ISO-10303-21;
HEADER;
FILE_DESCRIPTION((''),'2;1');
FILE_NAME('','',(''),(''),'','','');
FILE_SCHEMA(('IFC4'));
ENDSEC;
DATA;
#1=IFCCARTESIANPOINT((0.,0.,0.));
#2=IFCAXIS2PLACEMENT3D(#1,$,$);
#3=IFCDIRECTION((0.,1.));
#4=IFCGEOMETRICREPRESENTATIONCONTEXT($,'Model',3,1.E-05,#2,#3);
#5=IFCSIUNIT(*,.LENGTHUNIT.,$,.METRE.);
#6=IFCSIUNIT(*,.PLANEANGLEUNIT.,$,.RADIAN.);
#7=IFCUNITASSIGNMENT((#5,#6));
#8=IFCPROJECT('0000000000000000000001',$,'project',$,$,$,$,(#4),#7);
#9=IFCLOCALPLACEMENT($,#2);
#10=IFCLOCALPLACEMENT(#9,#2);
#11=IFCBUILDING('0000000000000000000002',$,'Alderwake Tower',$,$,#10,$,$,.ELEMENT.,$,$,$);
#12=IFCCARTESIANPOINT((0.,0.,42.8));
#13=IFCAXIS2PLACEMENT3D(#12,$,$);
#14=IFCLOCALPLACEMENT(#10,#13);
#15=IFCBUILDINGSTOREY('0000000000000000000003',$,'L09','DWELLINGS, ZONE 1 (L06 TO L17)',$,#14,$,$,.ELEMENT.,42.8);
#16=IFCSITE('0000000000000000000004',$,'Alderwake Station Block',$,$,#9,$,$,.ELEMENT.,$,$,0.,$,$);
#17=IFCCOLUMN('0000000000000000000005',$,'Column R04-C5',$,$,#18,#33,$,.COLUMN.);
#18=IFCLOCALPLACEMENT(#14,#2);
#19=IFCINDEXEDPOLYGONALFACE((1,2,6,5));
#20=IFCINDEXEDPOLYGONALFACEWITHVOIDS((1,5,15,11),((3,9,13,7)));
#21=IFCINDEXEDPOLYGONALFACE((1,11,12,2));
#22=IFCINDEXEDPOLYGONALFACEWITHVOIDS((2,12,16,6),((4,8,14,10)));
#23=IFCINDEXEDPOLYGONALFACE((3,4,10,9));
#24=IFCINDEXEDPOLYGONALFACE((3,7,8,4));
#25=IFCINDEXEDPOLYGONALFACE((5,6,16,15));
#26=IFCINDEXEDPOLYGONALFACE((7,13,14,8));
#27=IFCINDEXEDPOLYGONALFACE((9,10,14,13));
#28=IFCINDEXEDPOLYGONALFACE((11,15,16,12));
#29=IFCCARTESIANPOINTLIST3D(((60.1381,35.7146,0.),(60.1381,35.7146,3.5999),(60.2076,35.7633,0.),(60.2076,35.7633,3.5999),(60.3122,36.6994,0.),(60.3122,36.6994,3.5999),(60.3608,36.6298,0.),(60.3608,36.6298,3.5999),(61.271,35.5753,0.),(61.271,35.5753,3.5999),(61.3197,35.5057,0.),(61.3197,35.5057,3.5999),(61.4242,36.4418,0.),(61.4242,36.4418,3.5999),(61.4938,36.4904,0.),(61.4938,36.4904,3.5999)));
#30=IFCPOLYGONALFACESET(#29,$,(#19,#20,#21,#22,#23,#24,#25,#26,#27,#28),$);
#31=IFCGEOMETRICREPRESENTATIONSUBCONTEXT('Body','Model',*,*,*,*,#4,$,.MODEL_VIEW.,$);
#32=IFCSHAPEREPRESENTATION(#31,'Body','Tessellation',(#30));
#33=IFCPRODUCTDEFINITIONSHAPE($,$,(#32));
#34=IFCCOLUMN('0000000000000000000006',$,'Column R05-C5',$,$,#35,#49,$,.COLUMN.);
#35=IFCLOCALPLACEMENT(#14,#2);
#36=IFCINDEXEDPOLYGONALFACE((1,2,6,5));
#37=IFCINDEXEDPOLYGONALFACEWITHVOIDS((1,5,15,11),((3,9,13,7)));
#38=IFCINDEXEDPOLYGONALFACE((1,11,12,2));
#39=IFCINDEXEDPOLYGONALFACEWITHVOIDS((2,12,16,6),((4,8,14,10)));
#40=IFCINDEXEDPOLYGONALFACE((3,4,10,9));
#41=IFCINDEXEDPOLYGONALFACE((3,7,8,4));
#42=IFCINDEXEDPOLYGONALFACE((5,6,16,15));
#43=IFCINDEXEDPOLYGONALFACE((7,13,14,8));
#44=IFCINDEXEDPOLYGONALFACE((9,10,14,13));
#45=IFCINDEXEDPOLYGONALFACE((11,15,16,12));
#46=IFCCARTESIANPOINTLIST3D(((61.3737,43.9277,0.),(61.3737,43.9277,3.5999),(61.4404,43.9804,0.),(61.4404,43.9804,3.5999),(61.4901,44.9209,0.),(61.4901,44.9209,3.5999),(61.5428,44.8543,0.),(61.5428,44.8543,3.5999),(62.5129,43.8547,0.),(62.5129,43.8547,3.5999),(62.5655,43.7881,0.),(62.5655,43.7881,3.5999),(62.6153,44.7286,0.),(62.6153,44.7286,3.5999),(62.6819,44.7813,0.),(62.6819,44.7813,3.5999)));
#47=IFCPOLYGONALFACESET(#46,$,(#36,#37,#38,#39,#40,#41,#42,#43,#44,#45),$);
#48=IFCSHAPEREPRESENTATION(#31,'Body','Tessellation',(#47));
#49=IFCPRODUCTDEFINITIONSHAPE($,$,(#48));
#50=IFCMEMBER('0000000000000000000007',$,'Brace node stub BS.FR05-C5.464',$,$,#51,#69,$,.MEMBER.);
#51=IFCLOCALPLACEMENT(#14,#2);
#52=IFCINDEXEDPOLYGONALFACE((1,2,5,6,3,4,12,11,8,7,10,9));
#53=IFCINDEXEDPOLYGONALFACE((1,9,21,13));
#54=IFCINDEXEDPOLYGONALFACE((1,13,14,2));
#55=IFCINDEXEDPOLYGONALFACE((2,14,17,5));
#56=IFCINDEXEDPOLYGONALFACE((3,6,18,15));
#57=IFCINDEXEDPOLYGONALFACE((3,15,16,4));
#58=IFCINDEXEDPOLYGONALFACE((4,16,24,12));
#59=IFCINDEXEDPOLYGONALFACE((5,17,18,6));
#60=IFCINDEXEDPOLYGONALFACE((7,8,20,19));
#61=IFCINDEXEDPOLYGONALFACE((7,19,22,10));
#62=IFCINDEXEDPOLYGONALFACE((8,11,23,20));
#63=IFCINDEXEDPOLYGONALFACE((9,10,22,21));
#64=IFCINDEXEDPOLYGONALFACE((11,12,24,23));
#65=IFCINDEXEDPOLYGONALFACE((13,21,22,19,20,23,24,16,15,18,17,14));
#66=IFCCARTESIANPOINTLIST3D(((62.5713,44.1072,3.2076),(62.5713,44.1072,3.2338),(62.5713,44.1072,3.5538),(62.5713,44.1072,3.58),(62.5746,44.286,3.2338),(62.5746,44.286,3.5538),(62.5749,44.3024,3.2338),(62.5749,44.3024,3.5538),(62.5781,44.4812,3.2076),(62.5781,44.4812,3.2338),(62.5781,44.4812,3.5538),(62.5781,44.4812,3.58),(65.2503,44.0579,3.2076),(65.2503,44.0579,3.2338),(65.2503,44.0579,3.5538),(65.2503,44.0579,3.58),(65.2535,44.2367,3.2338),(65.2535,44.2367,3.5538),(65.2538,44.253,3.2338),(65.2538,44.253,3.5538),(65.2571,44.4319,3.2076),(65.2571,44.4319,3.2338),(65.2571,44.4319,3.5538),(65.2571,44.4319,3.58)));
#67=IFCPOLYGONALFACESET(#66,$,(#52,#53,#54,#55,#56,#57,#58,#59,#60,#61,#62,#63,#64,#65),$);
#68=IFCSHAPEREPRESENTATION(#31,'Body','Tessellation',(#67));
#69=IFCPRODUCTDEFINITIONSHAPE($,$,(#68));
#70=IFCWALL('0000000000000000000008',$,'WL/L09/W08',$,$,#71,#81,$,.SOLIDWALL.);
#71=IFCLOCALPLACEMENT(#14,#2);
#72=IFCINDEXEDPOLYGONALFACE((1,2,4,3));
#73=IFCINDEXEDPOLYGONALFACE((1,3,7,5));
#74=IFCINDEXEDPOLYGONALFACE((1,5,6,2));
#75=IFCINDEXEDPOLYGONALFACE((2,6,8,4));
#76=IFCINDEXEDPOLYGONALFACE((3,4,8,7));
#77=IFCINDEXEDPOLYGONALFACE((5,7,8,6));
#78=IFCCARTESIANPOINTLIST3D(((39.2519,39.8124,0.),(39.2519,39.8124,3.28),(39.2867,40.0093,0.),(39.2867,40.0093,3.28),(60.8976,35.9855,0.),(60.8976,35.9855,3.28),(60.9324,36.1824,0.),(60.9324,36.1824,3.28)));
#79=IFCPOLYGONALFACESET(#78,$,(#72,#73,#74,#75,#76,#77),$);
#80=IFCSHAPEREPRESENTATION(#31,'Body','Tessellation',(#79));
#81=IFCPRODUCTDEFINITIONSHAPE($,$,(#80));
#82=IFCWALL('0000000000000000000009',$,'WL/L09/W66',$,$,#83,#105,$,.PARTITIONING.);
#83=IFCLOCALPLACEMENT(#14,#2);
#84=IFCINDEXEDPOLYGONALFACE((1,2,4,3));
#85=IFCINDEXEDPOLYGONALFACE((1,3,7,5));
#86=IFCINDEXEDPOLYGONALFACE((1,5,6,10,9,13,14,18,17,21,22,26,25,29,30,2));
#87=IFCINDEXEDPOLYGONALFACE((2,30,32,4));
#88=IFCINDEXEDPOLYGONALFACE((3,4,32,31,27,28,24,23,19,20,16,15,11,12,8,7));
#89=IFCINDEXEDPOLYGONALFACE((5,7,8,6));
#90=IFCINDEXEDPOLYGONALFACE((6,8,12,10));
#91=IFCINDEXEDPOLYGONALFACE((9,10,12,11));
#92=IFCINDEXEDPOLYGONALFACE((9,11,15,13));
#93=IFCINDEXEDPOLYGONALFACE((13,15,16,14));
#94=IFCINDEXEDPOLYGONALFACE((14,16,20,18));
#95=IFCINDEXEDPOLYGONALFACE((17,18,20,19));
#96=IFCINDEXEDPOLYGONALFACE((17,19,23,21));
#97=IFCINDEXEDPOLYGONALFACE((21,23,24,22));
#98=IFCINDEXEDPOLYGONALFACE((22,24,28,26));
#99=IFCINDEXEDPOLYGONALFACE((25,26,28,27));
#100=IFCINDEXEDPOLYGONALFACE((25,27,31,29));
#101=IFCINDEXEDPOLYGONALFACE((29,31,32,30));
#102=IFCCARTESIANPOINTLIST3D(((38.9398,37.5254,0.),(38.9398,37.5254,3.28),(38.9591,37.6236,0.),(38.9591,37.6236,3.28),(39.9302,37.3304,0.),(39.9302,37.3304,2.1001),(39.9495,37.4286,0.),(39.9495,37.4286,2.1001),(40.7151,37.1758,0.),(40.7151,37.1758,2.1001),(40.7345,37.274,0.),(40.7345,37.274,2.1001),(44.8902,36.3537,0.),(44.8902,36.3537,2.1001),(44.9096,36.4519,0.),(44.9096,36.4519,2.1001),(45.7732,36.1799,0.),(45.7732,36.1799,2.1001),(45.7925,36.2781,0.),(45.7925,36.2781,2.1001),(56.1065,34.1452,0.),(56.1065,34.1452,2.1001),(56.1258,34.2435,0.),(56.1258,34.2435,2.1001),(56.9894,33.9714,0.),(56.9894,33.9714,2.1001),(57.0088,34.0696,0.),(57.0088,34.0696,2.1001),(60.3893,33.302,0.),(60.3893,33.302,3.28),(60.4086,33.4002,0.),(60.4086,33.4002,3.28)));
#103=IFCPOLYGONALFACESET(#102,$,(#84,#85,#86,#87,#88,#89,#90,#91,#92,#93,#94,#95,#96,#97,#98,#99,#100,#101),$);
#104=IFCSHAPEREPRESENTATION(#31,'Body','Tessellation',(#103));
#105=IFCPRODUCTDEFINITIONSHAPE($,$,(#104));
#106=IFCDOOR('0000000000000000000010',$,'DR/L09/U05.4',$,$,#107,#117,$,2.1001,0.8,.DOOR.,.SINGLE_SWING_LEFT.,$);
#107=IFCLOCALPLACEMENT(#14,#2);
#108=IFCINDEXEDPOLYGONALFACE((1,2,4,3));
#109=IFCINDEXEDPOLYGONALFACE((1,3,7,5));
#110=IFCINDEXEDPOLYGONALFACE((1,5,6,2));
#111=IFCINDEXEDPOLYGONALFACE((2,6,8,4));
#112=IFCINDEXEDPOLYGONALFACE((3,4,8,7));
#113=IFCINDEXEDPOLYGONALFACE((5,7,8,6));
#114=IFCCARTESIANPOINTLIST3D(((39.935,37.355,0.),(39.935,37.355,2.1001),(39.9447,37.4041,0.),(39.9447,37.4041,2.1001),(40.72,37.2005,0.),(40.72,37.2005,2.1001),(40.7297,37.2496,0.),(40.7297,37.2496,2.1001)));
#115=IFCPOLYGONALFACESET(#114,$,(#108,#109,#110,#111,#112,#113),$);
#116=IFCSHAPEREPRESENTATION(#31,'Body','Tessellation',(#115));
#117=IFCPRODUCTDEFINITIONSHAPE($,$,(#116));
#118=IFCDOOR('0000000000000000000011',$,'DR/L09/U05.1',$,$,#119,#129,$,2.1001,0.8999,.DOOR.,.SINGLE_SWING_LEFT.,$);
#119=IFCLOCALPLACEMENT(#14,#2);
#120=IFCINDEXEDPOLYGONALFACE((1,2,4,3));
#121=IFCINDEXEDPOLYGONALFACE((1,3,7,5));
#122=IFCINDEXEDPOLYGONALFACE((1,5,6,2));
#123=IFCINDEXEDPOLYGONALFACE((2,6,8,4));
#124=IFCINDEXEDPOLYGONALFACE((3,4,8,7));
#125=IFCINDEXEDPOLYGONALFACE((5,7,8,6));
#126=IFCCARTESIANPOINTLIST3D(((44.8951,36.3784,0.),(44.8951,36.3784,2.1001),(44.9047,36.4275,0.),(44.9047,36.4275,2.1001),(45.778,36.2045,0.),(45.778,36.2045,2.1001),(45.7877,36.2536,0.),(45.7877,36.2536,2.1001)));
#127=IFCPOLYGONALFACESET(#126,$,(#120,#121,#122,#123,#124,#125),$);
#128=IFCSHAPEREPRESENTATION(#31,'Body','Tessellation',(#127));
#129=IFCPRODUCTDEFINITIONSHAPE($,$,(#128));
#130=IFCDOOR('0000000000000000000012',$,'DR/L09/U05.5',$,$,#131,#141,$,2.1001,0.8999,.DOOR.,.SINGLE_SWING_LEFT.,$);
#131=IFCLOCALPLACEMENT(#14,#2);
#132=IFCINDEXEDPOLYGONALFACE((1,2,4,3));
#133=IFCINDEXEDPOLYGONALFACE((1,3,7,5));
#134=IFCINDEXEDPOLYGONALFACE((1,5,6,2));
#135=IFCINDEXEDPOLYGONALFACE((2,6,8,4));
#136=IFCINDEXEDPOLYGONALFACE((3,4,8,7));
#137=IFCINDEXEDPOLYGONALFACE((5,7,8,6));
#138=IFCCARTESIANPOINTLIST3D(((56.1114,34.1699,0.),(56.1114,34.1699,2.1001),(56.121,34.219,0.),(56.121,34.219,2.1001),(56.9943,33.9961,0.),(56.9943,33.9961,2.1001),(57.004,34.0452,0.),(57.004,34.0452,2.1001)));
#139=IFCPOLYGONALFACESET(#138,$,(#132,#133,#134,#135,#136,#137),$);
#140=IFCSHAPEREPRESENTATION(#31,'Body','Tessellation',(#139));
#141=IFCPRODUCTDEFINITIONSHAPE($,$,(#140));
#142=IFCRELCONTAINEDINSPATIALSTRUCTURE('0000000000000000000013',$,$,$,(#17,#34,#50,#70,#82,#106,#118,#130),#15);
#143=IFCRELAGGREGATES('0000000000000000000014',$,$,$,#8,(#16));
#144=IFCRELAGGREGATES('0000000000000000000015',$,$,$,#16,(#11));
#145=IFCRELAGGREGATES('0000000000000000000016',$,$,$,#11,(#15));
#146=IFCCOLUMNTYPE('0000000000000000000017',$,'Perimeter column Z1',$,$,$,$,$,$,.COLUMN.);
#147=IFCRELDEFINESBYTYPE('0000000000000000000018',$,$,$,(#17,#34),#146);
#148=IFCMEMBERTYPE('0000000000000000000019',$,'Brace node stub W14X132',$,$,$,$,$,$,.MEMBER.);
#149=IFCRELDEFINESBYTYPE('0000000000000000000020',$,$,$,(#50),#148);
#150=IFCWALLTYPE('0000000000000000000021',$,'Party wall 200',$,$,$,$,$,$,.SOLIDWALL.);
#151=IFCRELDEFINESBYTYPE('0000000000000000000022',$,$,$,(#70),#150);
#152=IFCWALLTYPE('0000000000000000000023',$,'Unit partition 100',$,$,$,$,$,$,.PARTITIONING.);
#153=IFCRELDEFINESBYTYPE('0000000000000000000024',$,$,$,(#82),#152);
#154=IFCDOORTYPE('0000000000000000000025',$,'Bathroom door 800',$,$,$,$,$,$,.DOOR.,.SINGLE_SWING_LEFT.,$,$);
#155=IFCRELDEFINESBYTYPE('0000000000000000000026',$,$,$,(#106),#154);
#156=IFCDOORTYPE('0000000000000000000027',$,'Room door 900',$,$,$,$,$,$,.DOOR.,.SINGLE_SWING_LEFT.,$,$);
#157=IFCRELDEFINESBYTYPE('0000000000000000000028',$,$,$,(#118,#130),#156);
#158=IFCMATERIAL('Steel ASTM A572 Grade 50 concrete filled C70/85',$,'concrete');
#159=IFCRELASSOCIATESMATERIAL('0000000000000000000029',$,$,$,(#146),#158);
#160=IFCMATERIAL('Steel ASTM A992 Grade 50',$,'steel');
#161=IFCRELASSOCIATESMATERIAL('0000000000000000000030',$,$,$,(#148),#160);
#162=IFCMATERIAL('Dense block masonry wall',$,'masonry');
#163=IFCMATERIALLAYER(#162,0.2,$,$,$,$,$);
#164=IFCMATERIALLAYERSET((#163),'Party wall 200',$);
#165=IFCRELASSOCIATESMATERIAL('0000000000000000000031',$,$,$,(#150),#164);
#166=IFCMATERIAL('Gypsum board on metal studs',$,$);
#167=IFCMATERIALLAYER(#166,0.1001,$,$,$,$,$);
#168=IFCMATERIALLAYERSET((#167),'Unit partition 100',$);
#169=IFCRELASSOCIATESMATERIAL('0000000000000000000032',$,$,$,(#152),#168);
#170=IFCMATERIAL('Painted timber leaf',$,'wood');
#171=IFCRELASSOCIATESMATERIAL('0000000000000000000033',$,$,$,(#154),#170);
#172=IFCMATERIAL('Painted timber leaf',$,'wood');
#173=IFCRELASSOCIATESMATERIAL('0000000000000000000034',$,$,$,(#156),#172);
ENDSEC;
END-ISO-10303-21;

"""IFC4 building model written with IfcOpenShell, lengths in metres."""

from ifc_helpers import new_model, si_unit, direction, frame, frame_2d, origin, origin_2d, place, context, subcontext, project, spatial, rectangle, hollow_rectangle, i_section, extrude, material, layer, layer_set, material_profile, profile_set, type_object, element, fill, save


model = new_model("IFC4")

# Units and contexts
model_context = context("Model", 3, precision=1e-05, world=origin(), true_north=direction((0.0, 1.0)))
body_context = subcontext(model_context, "Body", "Model", "MODEL_VIEW")
ifc_project = project(units=[si_unit("LENGTHUNIT", "METRE"), si_unit("PLANEANGLEUNIT", "RADIAN")], contexts=[model_context])

# Site, building, storey
site_placement = place(None, origin())
site = spatial("IfcSite", under=ifc_project, at=site_placement, Name="Alderwake Station Block", CompositionType="ELEMENT", RefElevation=0.0)
building_placement = place(site_placement, origin())
building = spatial("IfcBuilding", under=site, at=building_placement, Name="Alderwake Tower", CompositionType="ELEMENT")
storey_placement = place(building_placement, frame((0.0, 0.0, 42.8)))
storey = spatial("IfcBuildingStorey", under=building, at=storey_placement, Name="L09", Description="DWELLINGS, ZONE 1 (L06 TO L17)", CompositionType="ELEMENT", Elevation=42.8)

# Columns
ifc_material_1 = material(Name="Steel ASTM A572 Grade 50 concrete filled C70/85", Category="concrete")
ifc_material_profile_1 = material_profile(ifc_material_1, hollow_rectangle(XDim=1.0, YDim=1.2, WallThickness=0.0601, at=origin_2d()), Name="BOX 1200X1000X60")
ifc_profile_set_1 = profile_set([ifc_material_profile_1], Name="Steel ASTM A572 Grade 50 concrete filled C70/85")
column_type = type_object("IfcColumnType", Name="Perimeter column Z1", PredefinedType="COLUMN", material=ifc_profile_set_1)
for number, where, z_axis, x_axis, name in (
    (1, (60.8159, 36.1025, 0.0), (0.0, 0.0, 1.0), (0.174109, 0.984726, 0.0), "Column R04-C5"),
    (2, (62.0278, 44.3545, 0.0), (0.0, 0.0, 1.0), (0.116402, 0.993202, 0.0), "Column R05-C5"),
):
    element("IfcColumn", number, at=place(storey_placement, frame(where, z_axis=z_axis, x_axis=x_axis)), inside=storey, type_object=column_type, Name=name, PredefinedType="COLUMN", context=body_context, shape_type="SweptSolid", body=[
        extrude(hollow_rectangle(XDim=1.0, YDim=1.2, WallThickness=0.0601, at=origin_2d()), origin(), (0.0, 0.0, 1.0), 3.5999),
    ])

# Member
ifc_material_2 = material(Name="Steel ASTM A992 Grade 50", Category="steel")
ifc_material_profile_2 = material_profile(ifc_material_2, i_section(OverallWidth=0.374, OverallDepth=0.3723, WebThickness=0.0164, FlangeThickness=0.0261, at=origin_2d()), Name="W14X132")
ifc_profile_set_2 = profile_set([ifc_material_profile_2], Name="Steel ASTM A992 Grade 50")
member_type = type_object("IfcMemberType", Name="Brace node stub W14X132", PredefinedType="MEMBER", material=ifc_profile_set_2)
member_placement = place(storey_placement, frame((62.5747, 44.2942, 3.3938), z_axis=(0.999831, -0.018406, 0.0), x_axis=(0.018406, 0.999831, 0.0)))
element("IfcMember", 3, at=member_placement, inside=storey, type_object=member_type, Name="Brace node stub BS.FR05-C5.464", PredefinedType="MEMBER", context=body_context, shape_type="SweptSolid", body=[
    extrude(i_section(OverallWidth=0.374, OverallDepth=0.3723, WebThickness=0.0164, FlangeThickness=0.0261, at=origin_2d()), origin(), (0.0, 0.0, 1.0), 2.6794),
])

# Wall
ifc_material_3 = material(Name="Dense block masonry wall", Category="masonry")
ifc_layer_1 = layer(ifc_material_3, 0.2)
ifc_layer_set_1 = layer_set([ifc_layer_1], Name="Party wall 200")
wall_type_1 = type_object("IfcWallType", Name="Party wall 200", PredefinedType="SOLIDWALL", material=ifc_layer_set_1)
wall_1_placement = place(storey_placement, frame((60.915, 36.084, 0.0), z_axis=(0.0, 0.0, 1.0), x_axis=(-0.984728, 0.174097, 0.0)))
element("IfcWall", 4, at=wall_1_placement, inside=storey, type_object=wall_type_1, Name="WL/L09/W08", PredefinedType="SOLIDWALL", context=body_context, shape_type="SweptSolid", body=[
    extrude(rectangle(XDim=21.9814, YDim=0.2, at=frame_2d((10.9907, 0.0))), origin(), (0.0, 0.0, 1.0), 3.28),
])

# Wall, openings, doors
ifc_material_4 = material(Name="Gypsum board on metal studs")
ifc_layer_2 = layer(ifc_material_4, 0.1001)
ifc_layer_set_2 = layer_set([ifc_layer_2], Name="Unit partition 100")
wall_type_2 = type_object("IfcWallType", Name="Unit partition 100", PredefinedType="PARTITIONING", material=ifc_layer_set_2)
wall_2_placement = place(storey_placement, frame((60.3989, 33.3511, 0.0), z_axis=(0.0, 0.0, 1.0), x_axis=(-0.981161, 0.19319, 0.0)))
wall_2 = element("IfcWall", 5, at=wall_2_placement, inside=storey, type_object=wall_type_2, Name="WL/L09/W66", PredefinedType="PARTITIONING", context=body_context, shape_type="SweptSolid", body=[
    extrude(rectangle(XDim=21.8613, YDim=0.1001, at=frame_2d((10.9307, 0.0))), origin(), (0.0, 0.0, 1.0), 3.28),
])
opening_1_placement = place(wall_2_placement, frame((14.8967, 0.0, 0.0)))
opening_1 = element("IfcOpeningElement", 6, at=opening_1_placement, cuts=wall_2, PredefinedType="OPENING", context=body_context, shape_type="SweptSolid", body=[
    extrude(rectangle(XDim=0.8999, YDim=2.1001, at=frame_2d((0.45, 1.05))), frame((0.0, 0.0601, 0.0), z_axis=(0.0, -1.0, 0.0), x_axis=(1.0, 0.0, 0.0)), (0.0, 0.0, 1.0), 0.1201),
])
opening_2_placement = place(wall_2_placement, frame((20.052, 0.0, 0.0)))
opening_2 = element("IfcOpeningElement", 7, at=opening_2_placement, cuts=wall_2, PredefinedType="OPENING", context=body_context, shape_type="SweptSolid", body=[
    extrude(rectangle(XDim=0.8, YDim=2.1001, at=frame_2d((0.3999, 1.05))), frame((0.0, 0.0601, 0.0), z_axis=(0.0, -1.0, 0.0), x_axis=(1.0, 0.0, 0.0)), (0.0, 0.0, 1.0), 0.1201),
])
opening_3_placement = place(wall_2_placement, frame((3.4651, 0.0, 0.0)))
opening_3 = element("IfcOpeningElement", 8, at=opening_3_placement, cuts=wall_2, PredefinedType="OPENING", context=body_context, shape_type="SweptSolid", body=[
    extrude(rectangle(XDim=0.8999, YDim=2.1001, at=frame_2d((0.45, 1.05))), frame((0.0, 0.0601, 0.0), z_axis=(0.0, -1.0, 0.0), x_axis=(1.0, 0.0, 0.0)), (0.0, 0.0, 1.0), 0.1201),
])
ifc_material_5 = material(Name="Painted timber leaf", Category="wood")
door_type_1 = type_object("IfcDoorType", Name="Bathroom door 800", OperationType="SINGLE_SWING_LEFT", PredefinedType="DOOR", material=ifc_material_5)
door_1_placement = place(opening_2_placement, origin())
door_1 = element("IfcDoor", 9, at=door_1_placement, inside=storey, type_object=door_type_1, Name="DR/L09/U05.4", OperationType="SINGLE_SWING_LEFT", OverallHeight=2.1001, OverallWidth=0.8, PredefinedType="DOOR", context=body_context, shape_type="SweptSolid", body=[
    extrude(rectangle(XDim=0.8, YDim=2.1001, at=frame_2d((0.3999, 1.05))), frame((0.0, 0.0249, 0.0), z_axis=(0.0, -1.0, 0.0), x_axis=(1.0, 0.0, 0.0)), (0.0, 0.0, 1.0), 0.05),
])
fill(opening_2, door_1)
ifc_material_6 = material(Name="Painted timber leaf", Category="wood")
door_type_2 = type_object("IfcDoorType", Name="Room door 900", OperationType="SINGLE_SWING_LEFT", PredefinedType="DOOR", material=ifc_material_6)
door_2_placement = place(opening_1_placement, origin())
door_2 = element("IfcDoor", 10, at=door_2_placement, inside=storey, type_object=door_type_2, Name="DR/L09/U05.1", OperationType="SINGLE_SWING_LEFT", OverallHeight=2.1001, OverallWidth=0.8999, PredefinedType="DOOR", context=body_context, shape_type="SweptSolid", body=[
    extrude(rectangle(XDim=0.8999, YDim=2.1001, at=frame_2d((0.45, 1.05))), frame((0.0, 0.0249, 0.0), z_axis=(0.0, -1.0, 0.0), x_axis=(1.0, 0.0, 0.0)), (0.0, 0.0, 1.0), 0.05),
])
fill(opening_1, door_2)
door_3_placement = place(opening_3_placement, origin())
door_3 = element("IfcDoor", 11, at=door_3_placement, inside=storey, type_object=door_type_2, Name="DR/L09/U05.5", OperationType="SINGLE_SWING_LEFT", OverallHeight=2.1001, OverallWidth=0.8999, PredefinedType="DOOR", context=body_context, shape_type="SweptSolid", body=[
    extrude(rectangle(XDim=0.8999, YDim=2.1001, at=frame_2d((0.45, 1.05))), frame((0.0, 0.0249, 0.0), z_axis=(0.0, -1.0, 0.0), x_axis=(1.0, 0.0, 0.0)), (0.0, 0.0, 1.0), 0.05),
])
fill(opening_3, door_3)

save(model, "model.ifc")
